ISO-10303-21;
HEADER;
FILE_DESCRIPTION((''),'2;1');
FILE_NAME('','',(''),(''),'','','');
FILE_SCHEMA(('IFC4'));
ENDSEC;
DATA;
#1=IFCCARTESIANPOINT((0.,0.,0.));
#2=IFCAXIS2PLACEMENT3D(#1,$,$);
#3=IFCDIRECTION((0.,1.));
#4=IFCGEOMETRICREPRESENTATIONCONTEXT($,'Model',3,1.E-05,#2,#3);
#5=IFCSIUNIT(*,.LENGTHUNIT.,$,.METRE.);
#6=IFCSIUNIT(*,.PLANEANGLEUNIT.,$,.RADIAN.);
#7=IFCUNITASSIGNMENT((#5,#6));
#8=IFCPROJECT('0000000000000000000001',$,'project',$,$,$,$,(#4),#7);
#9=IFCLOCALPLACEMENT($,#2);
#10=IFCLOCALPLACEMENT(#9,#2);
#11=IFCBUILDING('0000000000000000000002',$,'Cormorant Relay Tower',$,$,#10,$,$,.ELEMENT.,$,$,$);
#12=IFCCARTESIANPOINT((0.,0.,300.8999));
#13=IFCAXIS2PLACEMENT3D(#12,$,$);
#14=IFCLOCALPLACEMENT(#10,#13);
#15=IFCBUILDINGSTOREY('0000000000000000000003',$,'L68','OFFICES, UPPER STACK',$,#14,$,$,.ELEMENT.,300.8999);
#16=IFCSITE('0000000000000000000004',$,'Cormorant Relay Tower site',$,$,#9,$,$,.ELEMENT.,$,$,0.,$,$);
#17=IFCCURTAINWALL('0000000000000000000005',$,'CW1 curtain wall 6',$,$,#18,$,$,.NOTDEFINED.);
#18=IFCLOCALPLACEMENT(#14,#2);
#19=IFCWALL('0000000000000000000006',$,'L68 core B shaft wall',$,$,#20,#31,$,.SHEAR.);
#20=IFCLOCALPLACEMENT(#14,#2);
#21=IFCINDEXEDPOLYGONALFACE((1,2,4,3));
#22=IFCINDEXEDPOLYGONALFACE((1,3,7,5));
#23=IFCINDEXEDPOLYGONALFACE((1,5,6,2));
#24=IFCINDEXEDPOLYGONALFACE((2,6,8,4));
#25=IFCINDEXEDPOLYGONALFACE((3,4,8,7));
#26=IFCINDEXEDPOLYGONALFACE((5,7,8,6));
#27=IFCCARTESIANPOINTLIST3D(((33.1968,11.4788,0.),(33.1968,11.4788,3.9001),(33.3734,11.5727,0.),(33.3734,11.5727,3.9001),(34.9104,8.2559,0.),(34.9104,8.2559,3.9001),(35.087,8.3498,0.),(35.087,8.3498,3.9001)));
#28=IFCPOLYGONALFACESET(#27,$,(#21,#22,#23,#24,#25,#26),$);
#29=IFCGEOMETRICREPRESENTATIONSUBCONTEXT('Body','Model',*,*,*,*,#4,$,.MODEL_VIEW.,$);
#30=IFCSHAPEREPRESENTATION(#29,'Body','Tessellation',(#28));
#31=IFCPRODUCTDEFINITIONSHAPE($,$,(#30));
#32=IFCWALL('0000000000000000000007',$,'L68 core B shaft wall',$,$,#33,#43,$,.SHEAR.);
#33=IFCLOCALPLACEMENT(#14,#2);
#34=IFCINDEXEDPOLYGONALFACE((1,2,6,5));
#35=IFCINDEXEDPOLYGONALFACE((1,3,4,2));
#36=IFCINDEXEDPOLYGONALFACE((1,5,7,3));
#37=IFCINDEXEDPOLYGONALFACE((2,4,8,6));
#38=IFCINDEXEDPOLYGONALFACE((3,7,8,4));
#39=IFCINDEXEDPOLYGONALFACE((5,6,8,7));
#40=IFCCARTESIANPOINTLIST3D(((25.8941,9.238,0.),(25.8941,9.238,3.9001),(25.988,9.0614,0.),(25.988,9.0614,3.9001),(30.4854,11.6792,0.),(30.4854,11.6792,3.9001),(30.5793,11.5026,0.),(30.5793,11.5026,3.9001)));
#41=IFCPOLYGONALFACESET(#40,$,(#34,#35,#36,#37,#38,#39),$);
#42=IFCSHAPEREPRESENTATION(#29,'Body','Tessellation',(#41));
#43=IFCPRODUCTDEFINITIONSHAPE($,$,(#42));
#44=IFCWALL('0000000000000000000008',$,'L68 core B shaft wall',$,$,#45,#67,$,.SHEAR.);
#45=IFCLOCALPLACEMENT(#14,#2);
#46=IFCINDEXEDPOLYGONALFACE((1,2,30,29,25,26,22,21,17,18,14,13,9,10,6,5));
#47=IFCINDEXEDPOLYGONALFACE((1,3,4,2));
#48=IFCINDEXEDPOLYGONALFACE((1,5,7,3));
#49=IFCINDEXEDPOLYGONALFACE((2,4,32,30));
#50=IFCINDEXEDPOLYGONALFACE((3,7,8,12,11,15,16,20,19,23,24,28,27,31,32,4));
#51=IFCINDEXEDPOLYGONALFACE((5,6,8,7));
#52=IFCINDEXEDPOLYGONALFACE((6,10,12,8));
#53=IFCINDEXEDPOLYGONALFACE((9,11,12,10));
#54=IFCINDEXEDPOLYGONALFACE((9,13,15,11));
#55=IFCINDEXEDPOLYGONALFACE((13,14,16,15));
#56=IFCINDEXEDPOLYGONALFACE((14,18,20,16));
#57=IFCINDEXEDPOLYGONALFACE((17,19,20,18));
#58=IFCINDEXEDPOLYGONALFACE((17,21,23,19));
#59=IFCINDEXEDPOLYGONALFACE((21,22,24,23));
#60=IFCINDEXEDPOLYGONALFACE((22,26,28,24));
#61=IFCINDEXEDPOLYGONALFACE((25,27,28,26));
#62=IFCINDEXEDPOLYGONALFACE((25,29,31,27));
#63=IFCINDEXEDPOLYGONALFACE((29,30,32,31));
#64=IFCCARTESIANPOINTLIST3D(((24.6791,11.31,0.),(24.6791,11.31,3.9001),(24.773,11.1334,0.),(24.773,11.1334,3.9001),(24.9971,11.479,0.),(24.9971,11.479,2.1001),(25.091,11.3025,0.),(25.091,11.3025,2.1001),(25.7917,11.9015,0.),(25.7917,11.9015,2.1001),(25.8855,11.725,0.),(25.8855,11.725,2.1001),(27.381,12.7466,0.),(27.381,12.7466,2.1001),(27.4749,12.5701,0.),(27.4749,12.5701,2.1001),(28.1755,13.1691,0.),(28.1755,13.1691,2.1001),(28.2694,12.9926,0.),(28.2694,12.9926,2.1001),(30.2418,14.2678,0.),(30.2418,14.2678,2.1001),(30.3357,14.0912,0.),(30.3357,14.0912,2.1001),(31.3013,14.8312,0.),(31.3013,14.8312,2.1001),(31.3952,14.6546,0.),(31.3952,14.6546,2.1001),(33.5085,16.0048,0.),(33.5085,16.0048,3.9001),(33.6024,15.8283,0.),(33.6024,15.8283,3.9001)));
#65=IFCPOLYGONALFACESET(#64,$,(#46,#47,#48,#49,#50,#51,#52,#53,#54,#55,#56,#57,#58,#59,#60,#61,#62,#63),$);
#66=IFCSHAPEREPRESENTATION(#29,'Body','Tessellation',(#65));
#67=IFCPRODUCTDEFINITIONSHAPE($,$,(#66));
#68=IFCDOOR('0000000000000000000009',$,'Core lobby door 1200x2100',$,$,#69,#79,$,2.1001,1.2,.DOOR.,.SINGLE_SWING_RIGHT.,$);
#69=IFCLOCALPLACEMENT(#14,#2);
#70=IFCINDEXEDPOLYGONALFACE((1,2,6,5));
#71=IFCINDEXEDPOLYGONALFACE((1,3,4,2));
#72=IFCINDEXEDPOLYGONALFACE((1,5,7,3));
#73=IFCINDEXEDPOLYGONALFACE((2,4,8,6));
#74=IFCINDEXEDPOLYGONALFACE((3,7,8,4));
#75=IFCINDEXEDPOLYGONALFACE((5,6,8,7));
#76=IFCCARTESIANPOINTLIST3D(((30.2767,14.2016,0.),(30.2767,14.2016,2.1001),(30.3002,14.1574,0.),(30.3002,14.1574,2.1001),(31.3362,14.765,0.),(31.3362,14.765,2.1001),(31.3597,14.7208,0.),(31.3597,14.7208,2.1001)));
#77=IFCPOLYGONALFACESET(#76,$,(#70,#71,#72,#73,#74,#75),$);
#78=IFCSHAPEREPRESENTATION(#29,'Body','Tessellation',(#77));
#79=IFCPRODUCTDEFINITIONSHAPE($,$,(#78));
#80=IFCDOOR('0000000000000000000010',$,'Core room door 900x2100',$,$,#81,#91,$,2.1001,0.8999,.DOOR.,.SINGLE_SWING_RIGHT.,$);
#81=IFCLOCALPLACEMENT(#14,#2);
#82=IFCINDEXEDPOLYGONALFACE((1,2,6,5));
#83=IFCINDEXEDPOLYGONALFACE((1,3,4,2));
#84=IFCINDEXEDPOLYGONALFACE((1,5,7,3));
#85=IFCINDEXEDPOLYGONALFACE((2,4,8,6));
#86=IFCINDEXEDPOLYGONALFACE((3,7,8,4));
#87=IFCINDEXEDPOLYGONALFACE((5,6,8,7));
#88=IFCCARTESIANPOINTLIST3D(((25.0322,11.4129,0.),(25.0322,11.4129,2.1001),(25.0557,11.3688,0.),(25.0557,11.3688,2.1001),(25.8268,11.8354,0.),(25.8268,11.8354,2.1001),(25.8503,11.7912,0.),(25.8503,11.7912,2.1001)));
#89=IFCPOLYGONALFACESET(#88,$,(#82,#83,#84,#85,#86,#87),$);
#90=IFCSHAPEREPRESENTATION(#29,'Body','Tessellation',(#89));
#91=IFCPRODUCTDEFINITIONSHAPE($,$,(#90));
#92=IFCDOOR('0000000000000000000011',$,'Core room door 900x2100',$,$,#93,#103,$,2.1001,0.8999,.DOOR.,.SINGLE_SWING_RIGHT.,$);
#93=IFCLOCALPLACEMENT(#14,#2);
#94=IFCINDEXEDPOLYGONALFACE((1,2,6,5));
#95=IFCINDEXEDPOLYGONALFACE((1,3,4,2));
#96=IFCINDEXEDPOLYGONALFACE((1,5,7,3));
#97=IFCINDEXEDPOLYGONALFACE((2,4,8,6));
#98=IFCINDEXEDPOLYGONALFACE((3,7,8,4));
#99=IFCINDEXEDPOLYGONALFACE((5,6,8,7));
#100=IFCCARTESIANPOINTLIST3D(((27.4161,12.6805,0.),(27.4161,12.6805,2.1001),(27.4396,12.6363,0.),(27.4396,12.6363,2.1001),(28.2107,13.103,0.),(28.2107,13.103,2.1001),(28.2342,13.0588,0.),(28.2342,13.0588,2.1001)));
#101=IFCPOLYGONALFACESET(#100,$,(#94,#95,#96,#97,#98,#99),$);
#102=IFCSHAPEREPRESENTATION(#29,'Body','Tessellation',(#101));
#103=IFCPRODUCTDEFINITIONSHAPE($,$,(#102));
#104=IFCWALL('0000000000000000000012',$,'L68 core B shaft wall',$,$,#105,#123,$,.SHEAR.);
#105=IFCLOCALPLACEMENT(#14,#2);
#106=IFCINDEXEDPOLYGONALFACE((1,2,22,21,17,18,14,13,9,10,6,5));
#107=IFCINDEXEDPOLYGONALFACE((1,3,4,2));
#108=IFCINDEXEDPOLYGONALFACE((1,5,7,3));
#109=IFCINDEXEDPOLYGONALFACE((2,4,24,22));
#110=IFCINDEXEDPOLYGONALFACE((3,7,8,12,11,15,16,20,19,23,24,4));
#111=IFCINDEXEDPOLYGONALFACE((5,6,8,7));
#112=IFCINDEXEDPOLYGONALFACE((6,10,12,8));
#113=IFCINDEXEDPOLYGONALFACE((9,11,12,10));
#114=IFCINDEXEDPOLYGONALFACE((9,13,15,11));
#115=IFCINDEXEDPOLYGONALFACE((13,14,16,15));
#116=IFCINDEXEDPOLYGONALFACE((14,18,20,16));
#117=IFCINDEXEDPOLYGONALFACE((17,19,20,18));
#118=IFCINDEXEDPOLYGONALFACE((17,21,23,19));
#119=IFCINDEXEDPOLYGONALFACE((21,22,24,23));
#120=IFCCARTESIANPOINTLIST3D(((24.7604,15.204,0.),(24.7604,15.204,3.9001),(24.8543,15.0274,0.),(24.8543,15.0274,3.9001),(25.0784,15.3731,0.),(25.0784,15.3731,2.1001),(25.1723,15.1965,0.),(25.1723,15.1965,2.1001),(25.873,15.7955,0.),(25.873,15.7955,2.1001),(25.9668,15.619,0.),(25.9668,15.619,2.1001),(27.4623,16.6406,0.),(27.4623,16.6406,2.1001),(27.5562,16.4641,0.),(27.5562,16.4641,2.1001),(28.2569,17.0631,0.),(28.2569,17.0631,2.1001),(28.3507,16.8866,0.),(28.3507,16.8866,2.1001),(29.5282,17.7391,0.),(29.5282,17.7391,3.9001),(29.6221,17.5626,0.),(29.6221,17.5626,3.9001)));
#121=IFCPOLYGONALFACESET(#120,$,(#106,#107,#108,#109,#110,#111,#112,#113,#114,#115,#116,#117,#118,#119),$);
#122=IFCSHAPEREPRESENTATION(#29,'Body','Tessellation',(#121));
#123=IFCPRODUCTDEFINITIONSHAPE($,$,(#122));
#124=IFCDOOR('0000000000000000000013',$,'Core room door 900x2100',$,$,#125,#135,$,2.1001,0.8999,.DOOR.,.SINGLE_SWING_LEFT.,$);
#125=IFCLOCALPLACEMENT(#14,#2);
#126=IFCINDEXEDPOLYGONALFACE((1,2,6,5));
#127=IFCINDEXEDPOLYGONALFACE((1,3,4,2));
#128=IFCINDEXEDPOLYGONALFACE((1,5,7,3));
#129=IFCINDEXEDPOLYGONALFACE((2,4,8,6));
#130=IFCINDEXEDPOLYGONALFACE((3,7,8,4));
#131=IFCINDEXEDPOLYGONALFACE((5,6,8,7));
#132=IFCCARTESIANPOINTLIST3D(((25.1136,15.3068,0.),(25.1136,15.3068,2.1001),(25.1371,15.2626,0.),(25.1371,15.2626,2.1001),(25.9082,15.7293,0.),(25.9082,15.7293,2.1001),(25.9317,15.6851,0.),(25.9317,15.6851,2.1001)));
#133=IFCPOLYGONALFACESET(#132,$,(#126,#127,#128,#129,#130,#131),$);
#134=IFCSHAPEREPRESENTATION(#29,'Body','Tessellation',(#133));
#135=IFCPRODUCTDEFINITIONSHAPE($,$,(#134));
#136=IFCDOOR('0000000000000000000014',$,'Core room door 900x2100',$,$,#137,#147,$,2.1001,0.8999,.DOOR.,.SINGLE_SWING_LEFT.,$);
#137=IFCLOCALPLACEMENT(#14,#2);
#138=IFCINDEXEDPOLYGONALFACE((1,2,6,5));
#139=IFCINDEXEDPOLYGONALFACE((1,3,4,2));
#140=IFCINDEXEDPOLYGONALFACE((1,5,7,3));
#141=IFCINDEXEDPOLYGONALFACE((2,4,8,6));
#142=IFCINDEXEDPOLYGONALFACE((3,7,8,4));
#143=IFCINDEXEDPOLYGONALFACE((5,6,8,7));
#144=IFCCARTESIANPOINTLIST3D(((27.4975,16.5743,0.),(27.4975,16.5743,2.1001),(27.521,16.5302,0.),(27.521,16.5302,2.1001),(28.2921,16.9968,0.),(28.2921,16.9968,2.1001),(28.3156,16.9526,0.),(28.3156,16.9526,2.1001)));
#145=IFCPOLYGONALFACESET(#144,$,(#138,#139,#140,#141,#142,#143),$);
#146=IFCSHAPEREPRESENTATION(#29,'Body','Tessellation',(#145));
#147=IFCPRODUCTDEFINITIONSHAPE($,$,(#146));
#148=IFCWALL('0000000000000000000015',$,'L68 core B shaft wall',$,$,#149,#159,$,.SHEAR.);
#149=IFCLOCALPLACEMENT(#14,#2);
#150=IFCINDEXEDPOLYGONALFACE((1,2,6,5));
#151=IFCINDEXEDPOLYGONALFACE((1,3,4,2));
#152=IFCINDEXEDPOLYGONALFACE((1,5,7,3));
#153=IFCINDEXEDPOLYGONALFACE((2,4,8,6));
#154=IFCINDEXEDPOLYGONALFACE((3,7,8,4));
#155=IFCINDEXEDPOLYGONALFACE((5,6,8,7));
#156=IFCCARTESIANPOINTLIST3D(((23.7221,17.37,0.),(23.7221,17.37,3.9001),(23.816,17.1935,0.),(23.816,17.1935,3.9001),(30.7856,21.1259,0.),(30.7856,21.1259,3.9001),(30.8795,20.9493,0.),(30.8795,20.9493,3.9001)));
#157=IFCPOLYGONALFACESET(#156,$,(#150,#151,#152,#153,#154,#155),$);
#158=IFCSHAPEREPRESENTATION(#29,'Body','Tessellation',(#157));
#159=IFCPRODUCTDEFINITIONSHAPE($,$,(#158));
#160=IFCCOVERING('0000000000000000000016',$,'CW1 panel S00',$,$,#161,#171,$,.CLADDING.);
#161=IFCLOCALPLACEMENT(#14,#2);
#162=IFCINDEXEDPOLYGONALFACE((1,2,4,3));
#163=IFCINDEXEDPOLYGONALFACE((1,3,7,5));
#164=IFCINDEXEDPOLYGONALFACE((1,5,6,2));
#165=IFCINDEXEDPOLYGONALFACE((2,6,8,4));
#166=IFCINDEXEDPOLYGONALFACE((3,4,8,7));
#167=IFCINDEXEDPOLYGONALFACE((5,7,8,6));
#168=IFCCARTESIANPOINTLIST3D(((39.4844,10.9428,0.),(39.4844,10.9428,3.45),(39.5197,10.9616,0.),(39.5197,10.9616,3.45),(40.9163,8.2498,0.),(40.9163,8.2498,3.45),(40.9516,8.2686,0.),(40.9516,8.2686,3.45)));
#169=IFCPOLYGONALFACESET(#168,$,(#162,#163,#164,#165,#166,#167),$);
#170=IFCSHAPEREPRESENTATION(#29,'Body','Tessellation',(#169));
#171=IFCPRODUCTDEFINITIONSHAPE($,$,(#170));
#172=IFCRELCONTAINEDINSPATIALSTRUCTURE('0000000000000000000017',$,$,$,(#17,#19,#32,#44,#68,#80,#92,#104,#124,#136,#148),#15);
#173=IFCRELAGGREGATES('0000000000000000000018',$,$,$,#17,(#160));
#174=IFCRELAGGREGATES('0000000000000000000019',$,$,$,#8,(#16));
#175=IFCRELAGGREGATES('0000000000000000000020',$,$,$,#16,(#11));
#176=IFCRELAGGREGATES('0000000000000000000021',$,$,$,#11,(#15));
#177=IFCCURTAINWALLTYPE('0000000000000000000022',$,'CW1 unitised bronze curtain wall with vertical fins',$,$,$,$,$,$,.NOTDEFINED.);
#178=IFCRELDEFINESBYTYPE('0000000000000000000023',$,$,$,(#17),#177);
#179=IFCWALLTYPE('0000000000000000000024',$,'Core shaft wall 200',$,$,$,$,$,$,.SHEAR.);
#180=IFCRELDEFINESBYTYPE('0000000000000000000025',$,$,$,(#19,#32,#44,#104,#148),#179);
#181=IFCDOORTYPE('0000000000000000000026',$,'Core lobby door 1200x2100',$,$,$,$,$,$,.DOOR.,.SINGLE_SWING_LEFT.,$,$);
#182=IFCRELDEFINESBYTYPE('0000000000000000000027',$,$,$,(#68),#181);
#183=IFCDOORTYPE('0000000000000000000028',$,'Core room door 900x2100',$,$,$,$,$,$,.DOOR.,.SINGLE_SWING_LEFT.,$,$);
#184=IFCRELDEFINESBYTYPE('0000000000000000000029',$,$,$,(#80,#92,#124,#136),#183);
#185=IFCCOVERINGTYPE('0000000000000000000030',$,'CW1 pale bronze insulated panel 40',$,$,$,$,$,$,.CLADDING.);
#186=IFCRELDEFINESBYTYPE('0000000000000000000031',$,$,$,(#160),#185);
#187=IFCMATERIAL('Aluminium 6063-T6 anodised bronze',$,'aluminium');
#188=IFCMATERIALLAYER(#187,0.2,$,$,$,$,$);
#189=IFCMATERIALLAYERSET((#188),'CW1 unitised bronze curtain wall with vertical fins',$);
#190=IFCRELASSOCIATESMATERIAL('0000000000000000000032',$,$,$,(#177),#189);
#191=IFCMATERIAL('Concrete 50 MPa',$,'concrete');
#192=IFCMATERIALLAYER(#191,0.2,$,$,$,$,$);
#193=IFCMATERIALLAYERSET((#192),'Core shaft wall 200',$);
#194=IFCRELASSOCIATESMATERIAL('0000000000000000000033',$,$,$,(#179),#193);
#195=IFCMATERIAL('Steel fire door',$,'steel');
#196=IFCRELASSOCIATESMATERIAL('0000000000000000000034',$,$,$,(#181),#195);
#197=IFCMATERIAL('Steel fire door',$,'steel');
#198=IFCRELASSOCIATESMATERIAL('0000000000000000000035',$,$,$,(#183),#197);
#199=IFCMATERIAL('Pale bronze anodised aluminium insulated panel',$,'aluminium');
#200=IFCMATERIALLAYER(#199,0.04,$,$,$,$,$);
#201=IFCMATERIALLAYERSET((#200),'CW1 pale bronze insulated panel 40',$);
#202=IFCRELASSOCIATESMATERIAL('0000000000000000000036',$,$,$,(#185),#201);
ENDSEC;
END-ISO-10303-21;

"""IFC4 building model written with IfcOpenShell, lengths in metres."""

from ifc_helpers import new_model, si_unit, direction, frame, frame_2d, origin, origin_2d, place, context, subcontext, project, spatial, rectangle, extrude, material, layer, layer_set, type_object, element, fill, aggregate, save


model = new_model("IFC4")

# Units and contexts
model_context = context("Model", 3, precision=1e-05, world=origin(), true_north=direction((0.0, 1.0)))
body_context = subcontext(model_context, "Body", "Model", "MODEL_VIEW")
ifc_project = project(units=[si_unit("LENGTHUNIT", "METRE"), si_unit("PLANEANGLEUNIT", "RADIAN")], contexts=[model_context])

# Site, building, storey
site_placement = place(None, origin())
site = spatial("IfcSite", under=ifc_project, at=site_placement, Name="Cormorant Relay Tower site", CompositionType="ELEMENT", RefElevation=0.0)
building_placement = place(site_placement, origin())
building = spatial("IfcBuilding", under=site, at=building_placement, Name="Cormorant Relay Tower", CompositionType="ELEMENT")
storey_placement = place(building_placement, frame((0.0, 0.0, 300.8999)))
storey = spatial("IfcBuildingStorey", under=building, at=storey_placement, Name="L68", Description="OFFICES, UPPER STACK", CompositionType="ELEMENT", Elevation=300.8999)

# Curtain wall
ifc_material_1 = material(Name="Aluminium 6063-T6 anodised bronze", Category="aluminium")
ifc_layer_1 = layer(ifc_material_1, 0.2)
ifc_layer_set_1 = layer_set([ifc_layer_1], Name="CW1 unitised bronze curtain wall with vertical fins")
curtain_wall_type = type_object("IfcCurtainWallType", Name="CW1 unitised bronze curtain wall with vertical fins", PredefinedType="NOTDEFINED", material=ifc_layer_set_1)
curtain_wall_1_placement = place(storey_placement, origin())
curtain_wall_1 = element("IfcCurtainWall", 1, at=curtain_wall_1_placement, inside=storey, type_object=curtain_wall_type, Name="CW1 curtain wall 6", PredefinedType="NOTDEFINED")

# Shared definitions
ifc_material_2 = material(Name="Concrete 50 MPa", Category="concrete")
ifc_layer_2 = layer(ifc_material_2, 0.2)
ifc_layer_set_2 = layer_set([ifc_layer_2], Name="Core shaft wall 200")
wall_type_1 = type_object("IfcWallType", Name="Core shaft wall 200", PredefinedType="SHEAR", material=ifc_layer_set_2)

# Wall
wall_1_placement = place(storey_placement, frame((34.9988, 8.3027, 0.0), z_axis=(0.0, 0.0, 1.0), x_axis=(-0.469467, 0.88295, 0.0)))
element("IfcWall", 2, at=wall_1_placement, inside=storey, type_object=wall_type_1, Name="L68 core B shaft wall", PredefinedType="SHEAR", context=body_context, shape_type="SweptSolid", body=[
    extrude(rectangle(XDim=3.6501, YDim=0.2, at=frame_2d((1.8252, 0.0))), origin(), (0.0, 0.0, 1.0), 3.9001),
])

# Wall
wall_2_placement = place(storey_placement, frame((25.9409, 9.1497, 0.0), z_axis=(0.0, 0.0, 1.0), x_axis=(0.882954, 0.46946, 0.0)))
element("IfcWall", 3, at=wall_2_placement, inside=storey, type_object=wall_type_1, Name="L68 core B shaft wall", PredefinedType="SHEAR", context=body_context, shape_type="SweptSolid", body=[
    extrude(rectangle(XDim=5.2, YDim=0.2, at=frame_2d((2.6001, 0.0))), origin(), (0.0, 0.0, 1.0), 3.9001),
])

# Walls, openings, doors
wall_3_placement = place(storey_placement, frame((24.7261, 11.2217, 0.0), z_axis=(0.0, 0.0, 1.0), x_axis=(0.88294, 0.469485, 0.0)))
wall_3 = element("IfcWall", 4, at=wall_3_placement, inside=storey, type_object=wall_type_1, Name="L68 core B shaft wall", PredefinedType="SHEAR", context=body_context, shape_type="SweptSolid", body=[
    extrude(rectangle(XDim=10.0, YDim=0.2, at=frame_2d((5.0, 0.0))), origin(), (0.0, 0.0, 1.0), 3.9001),
])
opening_1_placement = place(wall_3_placement, frame((6.3, 0.0, 0.0)))
opening_1 = element("IfcOpeningElement", 5, at=opening_1_placement, cuts=wall_3, PredefinedType="OPENING", context=body_context, shape_type="SweptSolid", body=[
    extrude(rectangle(XDim=1.2, YDim=2.1001, at=frame_2d((0.6001, 1.05))), frame((0.0, 0.1099, 0.0), z_axis=(0.0, -1.0, 0.0), x_axis=(1.0, 0.0, 0.0)), (0.0, 0.0, 1.0), 0.22),
])
opening_2_placement = place(wall_3_placement, frame((0.3601, 0.0, 0.0)))
opening_2 = element("IfcOpeningElement", 6, at=opening_2_placement, cuts=wall_3, PredefinedType="OPENING", context=body_context, shape_type="SweptSolid", body=[
    extrude(rectangle(XDim=0.8999, YDim=2.1001, at=frame_2d((0.45, 1.05))), frame((0.0, 0.1099, 0.0), z_axis=(0.0, -1.0, 0.0), x_axis=(1.0, 0.0, 0.0)), (0.0, 0.0, 1.0), 0.22),
])
opening_3_placement = place(wall_3_placement, frame((3.0601, 0.0, 0.0)))
opening_3 = element("IfcOpeningElement", 7, at=opening_3_placement, cuts=wall_3, PredefinedType="OPENING", context=body_context, shape_type="SweptSolid", body=[
    extrude(rectangle(XDim=0.8999, YDim=2.1001, at=frame_2d((0.45, 1.05))), frame((0.0, 0.1099, 0.0), z_axis=(0.0, -1.0, 0.0), x_axis=(1.0, 0.0, 0.0)), (0.0, 0.0, 1.0), 0.22),
])
ifc_material_3 = material(Name="Steel fire door", Category="steel")
door_type_1 = type_object("IfcDoorType", Name="Core lobby door 1200x2100", OperationType="SINGLE_SWING_LEFT", PredefinedType="DOOR", material=ifc_material_3)
door_1_placement = place(opening_1_placement, frame((1.2, 0.0, 0.0), z_axis=(0.0, 0.0, 1.0), x_axis=(-1.0, 0.0, 0.0)))
door_1 = element("IfcDoor", 8, at=door_1_placement, inside=storey, type_object=door_type_1, Name="Core lobby door 1200x2100", OperationType="SINGLE_SWING_RIGHT", OverallHeight=2.1001, OverallWidth=1.2, PredefinedType="DOOR", context=body_context, shape_type="SweptSolid", body=[
    extrude(rectangle(XDim=1.2, YDim=2.1001, at=frame_2d((0.6001, 1.05))), frame((0.0, 0.0249, 0.0), z_axis=(0.0, -1.0, 0.0), x_axis=(1.0, 0.0, 0.0)), (0.0, 0.0, 1.0), 0.05),
])
fill(opening_1, door_1)
ifc_material_4 = material(Name="Steel fire door", Category="steel")
door_type_2 = type_object("IfcDoorType", Name="Core room door 900x2100", OperationType="SINGLE_SWING_LEFT", PredefinedType="DOOR", material=ifc_material_4)
door_2_placement = place(opening_2_placement, frame((0.8999, 0.0, 0.0), z_axis=(0.0, 0.0, 1.0), x_axis=(-1.0, 0.0, 0.0)))
door_2 = element("IfcDoor", 9, at=door_2_placement, inside=storey, type_object=door_type_2, Name="Core room door 900x2100", OperationType="SINGLE_SWING_RIGHT", OverallHeight=2.1001, OverallWidth=0.8999, PredefinedType="DOOR", context=body_context, shape_type="SweptSolid", body=[
    extrude(rectangle(XDim=0.8999, YDim=2.1001, at=frame_2d((0.45, 1.05))), frame((0.0, 0.0249, 0.0), z_axis=(0.0, -1.0, 0.0), x_axis=(1.0, 0.0, 0.0)), (0.0, 0.0, 1.0), 0.05),
])
fill(opening_2, door_2)
door_3_placement = place(opening_3_placement, frame((0.8999, 0.0, 0.0), z_axis=(0.0, 0.0, 1.0), x_axis=(-1.0, 0.0, 0.0)))
door_3 = element("IfcDoor", 10, at=door_3_placement, inside=storey, type_object=door_type_2, Name="Core room door 900x2100", OperationType="SINGLE_SWING_RIGHT", OverallHeight=2.1001, OverallWidth=0.8999, PredefinedType="DOOR", context=body_context, shape_type="SweptSolid", body=[
    extrude(rectangle(XDim=0.8999, YDim=2.1001, at=frame_2d((0.45, 1.05))), frame((0.0, 0.0249, 0.0), z_axis=(0.0, -1.0, 0.0), x_axis=(1.0, 0.0, 0.0)), (0.0, 0.0, 1.0), 0.05),
])
fill(opening_3, door_3)
wall_4_placement = place(storey_placement, frame((24.8074, 15.1157, 0.0), z_axis=(0.0, 0.0, 1.0), x_axis=(0.882943, 0.46948, 0.0)))
wall_4 = element("IfcWall", 11, at=wall_4_placement, inside=storey, type_object=wall_type_1, Name="L68 core B shaft wall", PredefinedType="SHEAR", context=body_context, shape_type="SweptSolid", body=[
    extrude(rectangle(XDim=5.3999, YDim=0.2, at=frame_2d((2.7, 0.0))), origin(), (0.0, 0.0, 1.0), 3.9001),
])
opening_4_placement = place(wall_4_placement, frame((0.3601, 0.0, 0.0)))
opening_4 = element("IfcOpeningElement", 12, at=opening_4_placement, cuts=wall_4, PredefinedType="OPENING", context=body_context, shape_type="SweptSolid", body=[
    extrude(rectangle(XDim=0.8999, YDim=2.1001, at=frame_2d((0.45, 1.05))), frame((0.0, 0.1099, 0.0), z_axis=(0.0, -1.0, 0.0), x_axis=(1.0, 0.0, 0.0)), (0.0, 0.0, 1.0), 0.22),
])
opening_5_placement = place(wall_4_placement, frame((3.0601, 0.0, 0.0)))
opening_5 = element("IfcOpeningElement", 13, at=opening_5_placement, cuts=wall_4, PredefinedType="OPENING", context=body_context, shape_type="SweptSolid", body=[
    extrude(rectangle(XDim=0.8999, YDim=2.1001, at=frame_2d((0.45, 1.05))), frame((0.0, 0.1099, 0.0), z_axis=(0.0, -1.0, 0.0), x_axis=(1.0, 0.0, 0.0)), (0.0, 0.0, 1.0), 0.22),
])
door_4_placement = place(opening_4_placement, origin())
door_4 = element("IfcDoor", 14, at=door_4_placement, inside=storey, type_object=door_type_2, Name="Core room door 900x2100", OperationType="SINGLE_SWING_LEFT", OverallHeight=2.1001, OverallWidth=0.8999, PredefinedType="DOOR", context=body_context, shape_type="SweptSolid", body=[
    extrude(rectangle(XDim=0.8999, YDim=2.1001, at=frame_2d((0.45, 1.05))), frame((0.0, 0.0249, 0.0), z_axis=(0.0, -1.0, 0.0), x_axis=(1.0, 0.0, 0.0)), (0.0, 0.0, 1.0), 0.05),
])
fill(opening_4, door_4)
door_5_placement = place(opening_5_placement, origin())
door_5 = element("IfcDoor", 15, at=door_5_placement, inside=storey, type_object=door_type_2, Name="Core room door 900x2100", OperationType="SINGLE_SWING_LEFT", OverallHeight=2.1001, OverallWidth=0.8999, PredefinedType="DOOR", context=body_context, shape_type="SweptSolid", body=[
    extrude(rectangle(XDim=0.8999, YDim=2.1001, at=frame_2d((0.45, 1.05))), frame((0.0, 0.0249, 0.0), z_axis=(0.0, -1.0, 0.0), x_axis=(1.0, 0.0, 0.0)), (0.0, 0.0, 1.0), 0.05),
])
fill(opening_5, door_5)

# Wall
wall_5_placement = place(storey_placement, frame((23.769, 17.2817, 0.0), z_axis=(0.0, 0.0, 1.0), x_axis=(0.88294, 0.469485, 0.0)))
element("IfcWall", 16, at=wall_5_placement, inside=storey, type_object=wall_type_1, Name="L68 core B shaft wall", PredefinedType="SHEAR", context=body_context, shape_type="SweptSolid", body=[
    extrude(rectangle(XDim=8.0, YDim=0.2, at=frame_2d((4.0, 0.0))), origin(), (0.0, 0.0, 1.0), 3.9001),
])

# Covering
ifc_material_5 = material(Name="Pale bronze anodised aluminium insulated panel", Category="aluminium")
ifc_layer_3 = layer(ifc_material_5, 0.04)
ifc_layer_set_3 = layer_set([ifc_layer_3], Name="CW1 pale bronze insulated panel 40")
covering_type = type_object("IfcCoveringType", Name="CW1 pale bronze insulated panel 40", PredefinedType="CLADDING", material=ifc_layer_set_3)
covering_placement = place(storey_placement, frame((40.218, 9.6057, 0.0), z_axis=(0.0, 0.0, 1.0), x_axis=(-0.469472, 0.882948, 0.0)))
covering = element("IfcCovering", 17, at=covering_placement, type_object=covering_type, Name="CW1 panel S00", PredefinedType="CLADDING", context=body_context, shape_type="SweptSolid", body=[
    extrude(rectangle(XDim=3.05, YDim=0.04, at=origin_2d()), origin(), (0.0, 0.0, 1.0), 3.45),
])
aggregate(curtain_wall_1, [covering])

save(model, "model.ifc")
